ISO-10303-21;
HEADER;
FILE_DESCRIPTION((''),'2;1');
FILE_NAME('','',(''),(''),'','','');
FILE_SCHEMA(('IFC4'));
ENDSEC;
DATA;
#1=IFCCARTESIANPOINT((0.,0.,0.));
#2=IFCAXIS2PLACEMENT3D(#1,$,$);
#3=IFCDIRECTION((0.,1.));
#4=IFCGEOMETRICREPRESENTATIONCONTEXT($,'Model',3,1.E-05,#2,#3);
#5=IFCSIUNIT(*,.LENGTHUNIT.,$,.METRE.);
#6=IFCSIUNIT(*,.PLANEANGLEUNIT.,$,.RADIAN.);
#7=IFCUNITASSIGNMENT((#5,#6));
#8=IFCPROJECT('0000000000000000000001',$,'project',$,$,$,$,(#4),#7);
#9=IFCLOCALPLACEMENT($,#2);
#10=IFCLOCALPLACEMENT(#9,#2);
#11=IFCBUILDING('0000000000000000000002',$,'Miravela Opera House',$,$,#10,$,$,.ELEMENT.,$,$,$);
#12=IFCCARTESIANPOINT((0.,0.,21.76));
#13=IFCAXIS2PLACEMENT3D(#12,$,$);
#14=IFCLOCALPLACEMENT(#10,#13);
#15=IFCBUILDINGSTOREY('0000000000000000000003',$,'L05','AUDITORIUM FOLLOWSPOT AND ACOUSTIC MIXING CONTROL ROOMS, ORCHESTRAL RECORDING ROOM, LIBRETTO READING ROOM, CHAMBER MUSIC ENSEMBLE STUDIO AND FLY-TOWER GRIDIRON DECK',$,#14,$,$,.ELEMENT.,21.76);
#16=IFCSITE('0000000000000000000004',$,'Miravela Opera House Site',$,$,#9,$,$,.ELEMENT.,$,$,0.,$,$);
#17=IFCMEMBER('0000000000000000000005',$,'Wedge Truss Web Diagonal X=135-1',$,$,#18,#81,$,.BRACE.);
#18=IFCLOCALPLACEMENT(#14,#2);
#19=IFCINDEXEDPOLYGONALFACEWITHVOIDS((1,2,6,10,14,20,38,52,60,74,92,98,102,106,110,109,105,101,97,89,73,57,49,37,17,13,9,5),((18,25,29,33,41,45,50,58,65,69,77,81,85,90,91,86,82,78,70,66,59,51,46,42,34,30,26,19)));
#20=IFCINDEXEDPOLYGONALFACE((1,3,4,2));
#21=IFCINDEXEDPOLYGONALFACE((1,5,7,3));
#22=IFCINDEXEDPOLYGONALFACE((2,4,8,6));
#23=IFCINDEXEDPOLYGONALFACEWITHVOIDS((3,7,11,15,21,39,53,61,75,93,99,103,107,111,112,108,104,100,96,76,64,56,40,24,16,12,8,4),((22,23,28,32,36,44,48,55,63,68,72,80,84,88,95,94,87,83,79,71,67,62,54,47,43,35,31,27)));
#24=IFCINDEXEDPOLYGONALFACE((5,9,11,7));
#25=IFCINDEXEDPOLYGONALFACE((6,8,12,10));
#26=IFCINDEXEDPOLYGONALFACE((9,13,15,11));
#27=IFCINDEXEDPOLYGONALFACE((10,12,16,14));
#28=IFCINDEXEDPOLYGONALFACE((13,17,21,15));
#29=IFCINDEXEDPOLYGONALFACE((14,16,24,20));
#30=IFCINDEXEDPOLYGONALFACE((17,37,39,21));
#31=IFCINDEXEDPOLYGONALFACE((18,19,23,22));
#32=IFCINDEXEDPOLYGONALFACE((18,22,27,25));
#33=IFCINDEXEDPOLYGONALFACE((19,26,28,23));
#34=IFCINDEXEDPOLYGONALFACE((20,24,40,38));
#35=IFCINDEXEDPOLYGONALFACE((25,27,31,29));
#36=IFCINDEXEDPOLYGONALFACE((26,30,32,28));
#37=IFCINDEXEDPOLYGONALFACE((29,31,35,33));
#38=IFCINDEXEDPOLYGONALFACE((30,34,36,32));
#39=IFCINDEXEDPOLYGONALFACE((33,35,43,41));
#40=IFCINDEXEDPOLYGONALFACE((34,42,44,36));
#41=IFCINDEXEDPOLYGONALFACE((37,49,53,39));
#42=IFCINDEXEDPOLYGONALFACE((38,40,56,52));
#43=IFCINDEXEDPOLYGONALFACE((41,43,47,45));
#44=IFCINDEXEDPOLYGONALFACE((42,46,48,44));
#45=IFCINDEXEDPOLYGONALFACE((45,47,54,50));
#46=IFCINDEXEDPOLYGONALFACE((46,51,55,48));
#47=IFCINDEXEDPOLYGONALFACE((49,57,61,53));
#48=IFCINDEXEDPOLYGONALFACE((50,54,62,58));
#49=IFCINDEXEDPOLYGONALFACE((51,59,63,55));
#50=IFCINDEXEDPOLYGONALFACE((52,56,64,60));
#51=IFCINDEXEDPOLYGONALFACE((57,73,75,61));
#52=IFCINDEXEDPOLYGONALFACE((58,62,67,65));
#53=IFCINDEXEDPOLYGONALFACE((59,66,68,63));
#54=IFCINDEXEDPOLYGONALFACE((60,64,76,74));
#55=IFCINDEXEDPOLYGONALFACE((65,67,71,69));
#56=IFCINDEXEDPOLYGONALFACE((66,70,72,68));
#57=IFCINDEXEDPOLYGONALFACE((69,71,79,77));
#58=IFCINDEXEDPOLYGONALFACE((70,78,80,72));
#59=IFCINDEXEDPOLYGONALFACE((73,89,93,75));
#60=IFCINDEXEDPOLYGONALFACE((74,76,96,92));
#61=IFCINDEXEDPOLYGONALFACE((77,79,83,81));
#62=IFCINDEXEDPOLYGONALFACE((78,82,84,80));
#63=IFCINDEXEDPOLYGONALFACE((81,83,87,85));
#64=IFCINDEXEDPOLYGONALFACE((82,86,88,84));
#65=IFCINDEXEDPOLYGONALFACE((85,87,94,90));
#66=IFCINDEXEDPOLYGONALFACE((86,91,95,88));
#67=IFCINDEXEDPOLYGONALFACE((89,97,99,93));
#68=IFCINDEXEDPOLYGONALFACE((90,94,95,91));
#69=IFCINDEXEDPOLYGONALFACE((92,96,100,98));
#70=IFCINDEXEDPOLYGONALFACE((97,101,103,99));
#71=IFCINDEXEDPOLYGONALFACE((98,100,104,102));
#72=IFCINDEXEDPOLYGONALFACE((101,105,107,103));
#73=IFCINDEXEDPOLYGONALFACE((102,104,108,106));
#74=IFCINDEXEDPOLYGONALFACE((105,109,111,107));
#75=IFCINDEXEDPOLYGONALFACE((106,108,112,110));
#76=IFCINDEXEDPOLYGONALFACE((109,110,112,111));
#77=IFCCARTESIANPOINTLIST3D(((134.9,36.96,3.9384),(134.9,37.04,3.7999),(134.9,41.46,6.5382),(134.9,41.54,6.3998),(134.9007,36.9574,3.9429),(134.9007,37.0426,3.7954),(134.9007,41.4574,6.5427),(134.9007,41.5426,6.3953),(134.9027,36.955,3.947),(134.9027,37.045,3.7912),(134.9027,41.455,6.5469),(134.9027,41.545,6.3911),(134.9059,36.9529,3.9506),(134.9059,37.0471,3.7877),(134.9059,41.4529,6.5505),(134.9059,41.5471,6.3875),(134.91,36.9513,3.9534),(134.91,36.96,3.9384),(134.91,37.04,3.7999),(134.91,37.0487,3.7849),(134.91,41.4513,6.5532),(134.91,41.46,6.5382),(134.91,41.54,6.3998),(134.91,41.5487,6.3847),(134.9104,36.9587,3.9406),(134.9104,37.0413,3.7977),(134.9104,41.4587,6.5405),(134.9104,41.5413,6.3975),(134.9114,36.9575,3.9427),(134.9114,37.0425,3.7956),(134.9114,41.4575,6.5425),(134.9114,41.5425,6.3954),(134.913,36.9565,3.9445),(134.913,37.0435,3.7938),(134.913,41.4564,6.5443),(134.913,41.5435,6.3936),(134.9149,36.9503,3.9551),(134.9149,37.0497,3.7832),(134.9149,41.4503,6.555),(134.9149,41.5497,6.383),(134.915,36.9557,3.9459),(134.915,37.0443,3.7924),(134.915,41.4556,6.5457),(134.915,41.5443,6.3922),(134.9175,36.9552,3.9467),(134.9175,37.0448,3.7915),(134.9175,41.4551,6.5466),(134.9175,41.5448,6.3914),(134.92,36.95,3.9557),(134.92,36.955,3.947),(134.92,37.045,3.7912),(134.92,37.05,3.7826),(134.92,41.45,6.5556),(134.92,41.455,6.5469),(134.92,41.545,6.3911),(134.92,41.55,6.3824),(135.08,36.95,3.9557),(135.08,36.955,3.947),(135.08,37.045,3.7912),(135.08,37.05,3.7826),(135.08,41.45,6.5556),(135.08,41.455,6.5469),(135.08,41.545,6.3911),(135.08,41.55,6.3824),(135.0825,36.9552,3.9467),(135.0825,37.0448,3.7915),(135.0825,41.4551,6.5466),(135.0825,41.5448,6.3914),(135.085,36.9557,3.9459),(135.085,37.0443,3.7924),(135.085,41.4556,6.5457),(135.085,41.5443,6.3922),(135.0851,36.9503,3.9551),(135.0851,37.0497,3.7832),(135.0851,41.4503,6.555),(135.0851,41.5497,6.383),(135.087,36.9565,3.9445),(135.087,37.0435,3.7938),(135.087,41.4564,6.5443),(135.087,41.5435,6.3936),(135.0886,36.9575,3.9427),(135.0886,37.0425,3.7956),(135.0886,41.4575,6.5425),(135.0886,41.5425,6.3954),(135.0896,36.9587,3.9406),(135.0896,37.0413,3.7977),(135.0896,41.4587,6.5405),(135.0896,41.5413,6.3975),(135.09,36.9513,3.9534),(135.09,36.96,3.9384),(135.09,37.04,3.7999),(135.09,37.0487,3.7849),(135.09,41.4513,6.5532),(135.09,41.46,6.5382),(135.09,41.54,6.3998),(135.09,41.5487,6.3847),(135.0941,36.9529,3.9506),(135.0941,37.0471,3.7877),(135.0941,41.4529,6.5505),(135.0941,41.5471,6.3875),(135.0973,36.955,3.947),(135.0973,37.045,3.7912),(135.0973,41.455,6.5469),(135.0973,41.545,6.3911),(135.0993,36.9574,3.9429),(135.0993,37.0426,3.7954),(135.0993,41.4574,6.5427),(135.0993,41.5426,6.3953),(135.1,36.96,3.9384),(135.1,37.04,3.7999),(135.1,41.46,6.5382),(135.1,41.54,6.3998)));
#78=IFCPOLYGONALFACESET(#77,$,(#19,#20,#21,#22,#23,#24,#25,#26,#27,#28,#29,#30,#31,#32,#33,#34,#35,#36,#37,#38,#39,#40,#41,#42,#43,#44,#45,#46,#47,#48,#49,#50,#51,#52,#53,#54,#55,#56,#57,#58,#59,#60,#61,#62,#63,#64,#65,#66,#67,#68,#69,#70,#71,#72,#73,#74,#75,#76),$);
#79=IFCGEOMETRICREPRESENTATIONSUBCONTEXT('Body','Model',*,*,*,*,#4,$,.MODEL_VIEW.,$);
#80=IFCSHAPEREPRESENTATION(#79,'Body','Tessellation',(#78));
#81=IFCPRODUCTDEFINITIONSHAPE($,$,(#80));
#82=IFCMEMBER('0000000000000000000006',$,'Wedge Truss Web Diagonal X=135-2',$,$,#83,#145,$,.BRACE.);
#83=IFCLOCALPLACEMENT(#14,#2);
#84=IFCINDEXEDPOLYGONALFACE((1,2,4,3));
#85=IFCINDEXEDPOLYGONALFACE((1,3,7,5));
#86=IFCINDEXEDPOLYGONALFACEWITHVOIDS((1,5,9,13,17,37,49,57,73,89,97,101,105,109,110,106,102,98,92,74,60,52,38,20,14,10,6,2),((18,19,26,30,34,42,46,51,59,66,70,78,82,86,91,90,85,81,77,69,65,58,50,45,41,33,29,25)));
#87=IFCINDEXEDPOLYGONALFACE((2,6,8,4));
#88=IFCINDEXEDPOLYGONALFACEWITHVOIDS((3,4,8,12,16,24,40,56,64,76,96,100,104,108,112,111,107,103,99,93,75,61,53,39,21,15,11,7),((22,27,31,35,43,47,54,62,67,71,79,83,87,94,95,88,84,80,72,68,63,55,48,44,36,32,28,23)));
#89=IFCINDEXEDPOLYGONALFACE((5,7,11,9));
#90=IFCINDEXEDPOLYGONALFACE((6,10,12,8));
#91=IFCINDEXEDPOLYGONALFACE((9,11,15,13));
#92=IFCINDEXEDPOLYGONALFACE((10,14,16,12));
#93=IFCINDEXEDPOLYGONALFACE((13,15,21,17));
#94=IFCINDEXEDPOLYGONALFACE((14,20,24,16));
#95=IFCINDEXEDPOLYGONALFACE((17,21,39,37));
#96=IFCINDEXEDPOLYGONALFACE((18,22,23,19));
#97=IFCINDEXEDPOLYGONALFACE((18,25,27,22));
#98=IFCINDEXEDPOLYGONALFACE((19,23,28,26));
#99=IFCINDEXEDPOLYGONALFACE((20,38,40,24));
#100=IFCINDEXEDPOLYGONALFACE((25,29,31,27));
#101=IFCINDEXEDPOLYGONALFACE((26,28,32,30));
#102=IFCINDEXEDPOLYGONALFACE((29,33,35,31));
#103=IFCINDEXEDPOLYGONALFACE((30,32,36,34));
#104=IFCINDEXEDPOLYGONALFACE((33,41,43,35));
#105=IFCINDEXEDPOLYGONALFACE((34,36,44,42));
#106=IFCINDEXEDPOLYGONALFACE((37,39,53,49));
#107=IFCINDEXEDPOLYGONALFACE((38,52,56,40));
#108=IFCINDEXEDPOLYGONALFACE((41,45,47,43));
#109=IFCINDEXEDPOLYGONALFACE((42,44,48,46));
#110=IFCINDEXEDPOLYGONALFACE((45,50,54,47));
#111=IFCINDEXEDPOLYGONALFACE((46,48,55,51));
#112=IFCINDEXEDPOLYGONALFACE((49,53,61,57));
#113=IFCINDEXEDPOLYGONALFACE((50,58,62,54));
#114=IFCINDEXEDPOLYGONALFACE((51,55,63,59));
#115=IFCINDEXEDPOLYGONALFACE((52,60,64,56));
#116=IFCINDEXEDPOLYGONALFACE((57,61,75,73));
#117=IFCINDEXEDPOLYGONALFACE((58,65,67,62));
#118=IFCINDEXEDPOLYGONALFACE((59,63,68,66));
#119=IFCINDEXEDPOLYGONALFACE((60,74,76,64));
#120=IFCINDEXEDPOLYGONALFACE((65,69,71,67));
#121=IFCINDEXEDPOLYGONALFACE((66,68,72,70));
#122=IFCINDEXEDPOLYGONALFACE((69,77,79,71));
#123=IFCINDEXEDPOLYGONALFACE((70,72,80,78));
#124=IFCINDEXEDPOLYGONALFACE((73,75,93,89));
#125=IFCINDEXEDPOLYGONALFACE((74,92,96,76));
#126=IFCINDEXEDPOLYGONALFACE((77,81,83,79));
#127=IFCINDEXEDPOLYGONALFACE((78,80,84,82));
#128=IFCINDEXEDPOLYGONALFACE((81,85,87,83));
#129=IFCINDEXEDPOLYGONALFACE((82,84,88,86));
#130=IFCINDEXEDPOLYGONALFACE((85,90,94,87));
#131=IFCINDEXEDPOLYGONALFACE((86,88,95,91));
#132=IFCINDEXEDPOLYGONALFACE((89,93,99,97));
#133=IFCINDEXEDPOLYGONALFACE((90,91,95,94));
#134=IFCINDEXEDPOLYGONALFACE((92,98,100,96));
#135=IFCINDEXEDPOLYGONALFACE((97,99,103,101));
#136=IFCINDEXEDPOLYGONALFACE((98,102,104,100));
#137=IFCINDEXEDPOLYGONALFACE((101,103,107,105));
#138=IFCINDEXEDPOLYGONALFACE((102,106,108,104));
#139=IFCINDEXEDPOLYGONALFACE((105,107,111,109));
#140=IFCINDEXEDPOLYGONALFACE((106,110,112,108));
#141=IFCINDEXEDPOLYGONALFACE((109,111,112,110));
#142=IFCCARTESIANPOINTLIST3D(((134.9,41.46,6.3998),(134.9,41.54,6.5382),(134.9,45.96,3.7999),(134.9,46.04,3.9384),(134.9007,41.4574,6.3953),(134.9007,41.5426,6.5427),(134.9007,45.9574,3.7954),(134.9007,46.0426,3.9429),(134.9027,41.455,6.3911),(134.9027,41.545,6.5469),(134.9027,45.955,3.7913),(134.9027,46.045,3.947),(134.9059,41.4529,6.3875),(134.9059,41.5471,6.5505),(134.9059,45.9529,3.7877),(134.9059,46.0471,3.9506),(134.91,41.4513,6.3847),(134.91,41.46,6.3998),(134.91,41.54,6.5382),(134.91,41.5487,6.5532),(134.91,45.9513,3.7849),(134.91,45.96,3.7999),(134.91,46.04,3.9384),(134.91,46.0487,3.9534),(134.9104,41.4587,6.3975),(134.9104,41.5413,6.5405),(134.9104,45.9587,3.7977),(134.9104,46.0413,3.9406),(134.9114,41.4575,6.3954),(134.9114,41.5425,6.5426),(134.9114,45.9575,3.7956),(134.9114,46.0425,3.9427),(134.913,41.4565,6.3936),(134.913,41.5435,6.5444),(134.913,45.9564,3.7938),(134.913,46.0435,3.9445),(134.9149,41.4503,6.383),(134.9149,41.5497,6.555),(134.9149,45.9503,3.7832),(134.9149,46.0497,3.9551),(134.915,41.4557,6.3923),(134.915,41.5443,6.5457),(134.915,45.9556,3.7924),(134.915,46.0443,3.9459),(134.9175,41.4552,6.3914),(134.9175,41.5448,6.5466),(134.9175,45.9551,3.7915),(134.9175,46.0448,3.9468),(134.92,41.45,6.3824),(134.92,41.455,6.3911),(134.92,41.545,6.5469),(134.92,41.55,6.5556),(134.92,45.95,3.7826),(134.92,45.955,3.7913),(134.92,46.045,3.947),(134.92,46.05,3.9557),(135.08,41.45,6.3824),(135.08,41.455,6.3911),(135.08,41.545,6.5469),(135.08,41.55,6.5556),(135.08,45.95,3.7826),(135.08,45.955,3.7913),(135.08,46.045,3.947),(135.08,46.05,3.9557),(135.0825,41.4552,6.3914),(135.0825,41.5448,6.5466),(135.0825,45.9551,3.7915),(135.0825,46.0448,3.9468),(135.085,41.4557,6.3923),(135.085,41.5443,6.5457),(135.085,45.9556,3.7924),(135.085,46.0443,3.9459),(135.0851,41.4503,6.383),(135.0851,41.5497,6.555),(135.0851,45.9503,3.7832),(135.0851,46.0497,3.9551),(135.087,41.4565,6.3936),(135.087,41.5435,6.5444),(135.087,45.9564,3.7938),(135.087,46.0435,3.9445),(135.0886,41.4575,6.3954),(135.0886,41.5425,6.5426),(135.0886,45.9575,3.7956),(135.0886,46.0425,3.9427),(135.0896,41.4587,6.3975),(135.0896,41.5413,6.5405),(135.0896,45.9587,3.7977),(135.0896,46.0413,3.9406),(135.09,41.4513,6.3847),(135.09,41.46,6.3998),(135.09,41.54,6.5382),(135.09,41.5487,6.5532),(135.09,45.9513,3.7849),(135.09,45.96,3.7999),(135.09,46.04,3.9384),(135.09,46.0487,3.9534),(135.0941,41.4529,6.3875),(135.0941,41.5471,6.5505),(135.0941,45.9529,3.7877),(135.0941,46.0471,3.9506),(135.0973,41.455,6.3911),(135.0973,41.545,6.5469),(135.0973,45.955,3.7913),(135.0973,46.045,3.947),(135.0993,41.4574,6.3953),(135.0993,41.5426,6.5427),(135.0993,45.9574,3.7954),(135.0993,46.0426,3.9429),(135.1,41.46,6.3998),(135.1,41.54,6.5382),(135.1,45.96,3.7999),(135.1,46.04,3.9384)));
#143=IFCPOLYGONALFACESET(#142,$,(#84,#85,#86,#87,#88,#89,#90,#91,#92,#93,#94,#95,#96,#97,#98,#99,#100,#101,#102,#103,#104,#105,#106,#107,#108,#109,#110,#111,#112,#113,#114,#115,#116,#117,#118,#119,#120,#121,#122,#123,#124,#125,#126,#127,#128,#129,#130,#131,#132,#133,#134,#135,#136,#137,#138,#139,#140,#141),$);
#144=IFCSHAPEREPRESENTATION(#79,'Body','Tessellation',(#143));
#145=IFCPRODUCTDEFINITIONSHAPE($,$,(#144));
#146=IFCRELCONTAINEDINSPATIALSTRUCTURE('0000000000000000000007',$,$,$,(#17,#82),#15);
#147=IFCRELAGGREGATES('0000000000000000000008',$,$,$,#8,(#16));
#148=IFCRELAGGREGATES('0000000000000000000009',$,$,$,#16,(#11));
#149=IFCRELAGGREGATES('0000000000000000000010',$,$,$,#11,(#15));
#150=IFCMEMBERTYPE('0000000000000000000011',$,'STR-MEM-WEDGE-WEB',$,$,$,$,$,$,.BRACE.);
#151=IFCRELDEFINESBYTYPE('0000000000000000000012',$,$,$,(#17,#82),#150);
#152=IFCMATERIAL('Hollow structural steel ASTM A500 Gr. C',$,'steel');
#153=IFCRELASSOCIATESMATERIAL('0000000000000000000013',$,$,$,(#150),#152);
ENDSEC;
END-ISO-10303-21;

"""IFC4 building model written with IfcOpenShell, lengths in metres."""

from ifc_helpers import new_model, si_unit, direction, frame, origin, origin_2d, place, context, subcontext, project, spatial, hollow_rectangle, extrude, material, material_profile, profile_set, type_object, element, save


model = new_model("IFC4")

# Units and contexts
model_context = context("Model", 3, precision=1e-05, world=origin(), true_north=direction((0.0, 1.0)))
body_context = subcontext(model_context, "Body", "Model", "MODEL_VIEW")
ifc_project = project(units=[si_unit("LENGTHUNIT", "METRE"), si_unit("PLANEANGLEUNIT", "RADIAN")], contexts=[model_context])

# Site, building, storey
site_placement = place(None, origin())
site = spatial("IfcSite", under=ifc_project, at=site_placement, Name="Miravela Opera House Site", CompositionType="ELEMENT", RefElevation=0.0)
building_placement = place(site_placement, origin())
building = spatial("IfcBuilding", under=site, at=building_placement, Name="Miravela Opera House", CompositionType="ELEMENT")
storey_placement = place(building_placement, frame((0.0, 0.0, 21.76)))
storey = spatial("IfcBuildingStorey", under=building, at=storey_placement, Name="L05", Description="AUDITORIUM FOLLOWSPOT AND ACOUSTIC MIXING CONTROL ROOMS, ORCHESTRAL RECORDING ROOM, LIBRETTO READING ROOM, CHAMBER MUSIC ENSEMBLE STUDIO AND FLY-TOWER GRIDIRON DECK", CompositionType="ELEMENT", Elevation=21.76)

# Members
ifc_material_1 = material(Name="Hollow structural steel ASTM A500 Gr. C", Category="steel")
ifc_material_profile_1 = material_profile(ifc_material_1, hollow_rectangle(XDim=0.2, YDim=0.2, WallThickness=0.01, InnerFilletRadius=0.01, OuterFilletRadius=0.02, at=origin_2d()), Name="HSS200X200X10")
ifc_profile_set_1 = profile_set([ifc_material_profile_1])
member_type_1 = type_object("IfcMemberType", Name="STR-MEM-WEDGE-WEB", PredefinedType="BRACE", material=ifc_profile_set_1)
for number, where, z_axis, x_axis, name in (
    (1, (135.0, 37.0, 3.8691), (0.0, 0.865877, 0.500256), (-1.0, 0.0, 0.0), "Wedge Truss Web Diagonal X=135-1"),
    (2, (135.0, 41.5, 6.469), (0.0, 0.865877, -0.500256), (-1.0, 0.0, 0.0), "Wedge Truss Web Diagonal X=135-2"),
):
    element("IfcMember", number, at=place(storey_placement, frame(where, z_axis=z_axis, x_axis=x_axis)), inside=storey, type_object=member_type_1, Name=name, PredefinedType="BRACE", context=body_context, shape_type="SweptSolid", body=[
        extrude(hollow_rectangle(XDim=0.2, YDim=0.2, WallThickness=0.01, InnerFilletRadius=0.01, OuterFilletRadius=0.02, at=origin_2d()), origin(), (0.0, 0.0, 1.0), 5.197),
    ])

save(model, "model.ifc")
